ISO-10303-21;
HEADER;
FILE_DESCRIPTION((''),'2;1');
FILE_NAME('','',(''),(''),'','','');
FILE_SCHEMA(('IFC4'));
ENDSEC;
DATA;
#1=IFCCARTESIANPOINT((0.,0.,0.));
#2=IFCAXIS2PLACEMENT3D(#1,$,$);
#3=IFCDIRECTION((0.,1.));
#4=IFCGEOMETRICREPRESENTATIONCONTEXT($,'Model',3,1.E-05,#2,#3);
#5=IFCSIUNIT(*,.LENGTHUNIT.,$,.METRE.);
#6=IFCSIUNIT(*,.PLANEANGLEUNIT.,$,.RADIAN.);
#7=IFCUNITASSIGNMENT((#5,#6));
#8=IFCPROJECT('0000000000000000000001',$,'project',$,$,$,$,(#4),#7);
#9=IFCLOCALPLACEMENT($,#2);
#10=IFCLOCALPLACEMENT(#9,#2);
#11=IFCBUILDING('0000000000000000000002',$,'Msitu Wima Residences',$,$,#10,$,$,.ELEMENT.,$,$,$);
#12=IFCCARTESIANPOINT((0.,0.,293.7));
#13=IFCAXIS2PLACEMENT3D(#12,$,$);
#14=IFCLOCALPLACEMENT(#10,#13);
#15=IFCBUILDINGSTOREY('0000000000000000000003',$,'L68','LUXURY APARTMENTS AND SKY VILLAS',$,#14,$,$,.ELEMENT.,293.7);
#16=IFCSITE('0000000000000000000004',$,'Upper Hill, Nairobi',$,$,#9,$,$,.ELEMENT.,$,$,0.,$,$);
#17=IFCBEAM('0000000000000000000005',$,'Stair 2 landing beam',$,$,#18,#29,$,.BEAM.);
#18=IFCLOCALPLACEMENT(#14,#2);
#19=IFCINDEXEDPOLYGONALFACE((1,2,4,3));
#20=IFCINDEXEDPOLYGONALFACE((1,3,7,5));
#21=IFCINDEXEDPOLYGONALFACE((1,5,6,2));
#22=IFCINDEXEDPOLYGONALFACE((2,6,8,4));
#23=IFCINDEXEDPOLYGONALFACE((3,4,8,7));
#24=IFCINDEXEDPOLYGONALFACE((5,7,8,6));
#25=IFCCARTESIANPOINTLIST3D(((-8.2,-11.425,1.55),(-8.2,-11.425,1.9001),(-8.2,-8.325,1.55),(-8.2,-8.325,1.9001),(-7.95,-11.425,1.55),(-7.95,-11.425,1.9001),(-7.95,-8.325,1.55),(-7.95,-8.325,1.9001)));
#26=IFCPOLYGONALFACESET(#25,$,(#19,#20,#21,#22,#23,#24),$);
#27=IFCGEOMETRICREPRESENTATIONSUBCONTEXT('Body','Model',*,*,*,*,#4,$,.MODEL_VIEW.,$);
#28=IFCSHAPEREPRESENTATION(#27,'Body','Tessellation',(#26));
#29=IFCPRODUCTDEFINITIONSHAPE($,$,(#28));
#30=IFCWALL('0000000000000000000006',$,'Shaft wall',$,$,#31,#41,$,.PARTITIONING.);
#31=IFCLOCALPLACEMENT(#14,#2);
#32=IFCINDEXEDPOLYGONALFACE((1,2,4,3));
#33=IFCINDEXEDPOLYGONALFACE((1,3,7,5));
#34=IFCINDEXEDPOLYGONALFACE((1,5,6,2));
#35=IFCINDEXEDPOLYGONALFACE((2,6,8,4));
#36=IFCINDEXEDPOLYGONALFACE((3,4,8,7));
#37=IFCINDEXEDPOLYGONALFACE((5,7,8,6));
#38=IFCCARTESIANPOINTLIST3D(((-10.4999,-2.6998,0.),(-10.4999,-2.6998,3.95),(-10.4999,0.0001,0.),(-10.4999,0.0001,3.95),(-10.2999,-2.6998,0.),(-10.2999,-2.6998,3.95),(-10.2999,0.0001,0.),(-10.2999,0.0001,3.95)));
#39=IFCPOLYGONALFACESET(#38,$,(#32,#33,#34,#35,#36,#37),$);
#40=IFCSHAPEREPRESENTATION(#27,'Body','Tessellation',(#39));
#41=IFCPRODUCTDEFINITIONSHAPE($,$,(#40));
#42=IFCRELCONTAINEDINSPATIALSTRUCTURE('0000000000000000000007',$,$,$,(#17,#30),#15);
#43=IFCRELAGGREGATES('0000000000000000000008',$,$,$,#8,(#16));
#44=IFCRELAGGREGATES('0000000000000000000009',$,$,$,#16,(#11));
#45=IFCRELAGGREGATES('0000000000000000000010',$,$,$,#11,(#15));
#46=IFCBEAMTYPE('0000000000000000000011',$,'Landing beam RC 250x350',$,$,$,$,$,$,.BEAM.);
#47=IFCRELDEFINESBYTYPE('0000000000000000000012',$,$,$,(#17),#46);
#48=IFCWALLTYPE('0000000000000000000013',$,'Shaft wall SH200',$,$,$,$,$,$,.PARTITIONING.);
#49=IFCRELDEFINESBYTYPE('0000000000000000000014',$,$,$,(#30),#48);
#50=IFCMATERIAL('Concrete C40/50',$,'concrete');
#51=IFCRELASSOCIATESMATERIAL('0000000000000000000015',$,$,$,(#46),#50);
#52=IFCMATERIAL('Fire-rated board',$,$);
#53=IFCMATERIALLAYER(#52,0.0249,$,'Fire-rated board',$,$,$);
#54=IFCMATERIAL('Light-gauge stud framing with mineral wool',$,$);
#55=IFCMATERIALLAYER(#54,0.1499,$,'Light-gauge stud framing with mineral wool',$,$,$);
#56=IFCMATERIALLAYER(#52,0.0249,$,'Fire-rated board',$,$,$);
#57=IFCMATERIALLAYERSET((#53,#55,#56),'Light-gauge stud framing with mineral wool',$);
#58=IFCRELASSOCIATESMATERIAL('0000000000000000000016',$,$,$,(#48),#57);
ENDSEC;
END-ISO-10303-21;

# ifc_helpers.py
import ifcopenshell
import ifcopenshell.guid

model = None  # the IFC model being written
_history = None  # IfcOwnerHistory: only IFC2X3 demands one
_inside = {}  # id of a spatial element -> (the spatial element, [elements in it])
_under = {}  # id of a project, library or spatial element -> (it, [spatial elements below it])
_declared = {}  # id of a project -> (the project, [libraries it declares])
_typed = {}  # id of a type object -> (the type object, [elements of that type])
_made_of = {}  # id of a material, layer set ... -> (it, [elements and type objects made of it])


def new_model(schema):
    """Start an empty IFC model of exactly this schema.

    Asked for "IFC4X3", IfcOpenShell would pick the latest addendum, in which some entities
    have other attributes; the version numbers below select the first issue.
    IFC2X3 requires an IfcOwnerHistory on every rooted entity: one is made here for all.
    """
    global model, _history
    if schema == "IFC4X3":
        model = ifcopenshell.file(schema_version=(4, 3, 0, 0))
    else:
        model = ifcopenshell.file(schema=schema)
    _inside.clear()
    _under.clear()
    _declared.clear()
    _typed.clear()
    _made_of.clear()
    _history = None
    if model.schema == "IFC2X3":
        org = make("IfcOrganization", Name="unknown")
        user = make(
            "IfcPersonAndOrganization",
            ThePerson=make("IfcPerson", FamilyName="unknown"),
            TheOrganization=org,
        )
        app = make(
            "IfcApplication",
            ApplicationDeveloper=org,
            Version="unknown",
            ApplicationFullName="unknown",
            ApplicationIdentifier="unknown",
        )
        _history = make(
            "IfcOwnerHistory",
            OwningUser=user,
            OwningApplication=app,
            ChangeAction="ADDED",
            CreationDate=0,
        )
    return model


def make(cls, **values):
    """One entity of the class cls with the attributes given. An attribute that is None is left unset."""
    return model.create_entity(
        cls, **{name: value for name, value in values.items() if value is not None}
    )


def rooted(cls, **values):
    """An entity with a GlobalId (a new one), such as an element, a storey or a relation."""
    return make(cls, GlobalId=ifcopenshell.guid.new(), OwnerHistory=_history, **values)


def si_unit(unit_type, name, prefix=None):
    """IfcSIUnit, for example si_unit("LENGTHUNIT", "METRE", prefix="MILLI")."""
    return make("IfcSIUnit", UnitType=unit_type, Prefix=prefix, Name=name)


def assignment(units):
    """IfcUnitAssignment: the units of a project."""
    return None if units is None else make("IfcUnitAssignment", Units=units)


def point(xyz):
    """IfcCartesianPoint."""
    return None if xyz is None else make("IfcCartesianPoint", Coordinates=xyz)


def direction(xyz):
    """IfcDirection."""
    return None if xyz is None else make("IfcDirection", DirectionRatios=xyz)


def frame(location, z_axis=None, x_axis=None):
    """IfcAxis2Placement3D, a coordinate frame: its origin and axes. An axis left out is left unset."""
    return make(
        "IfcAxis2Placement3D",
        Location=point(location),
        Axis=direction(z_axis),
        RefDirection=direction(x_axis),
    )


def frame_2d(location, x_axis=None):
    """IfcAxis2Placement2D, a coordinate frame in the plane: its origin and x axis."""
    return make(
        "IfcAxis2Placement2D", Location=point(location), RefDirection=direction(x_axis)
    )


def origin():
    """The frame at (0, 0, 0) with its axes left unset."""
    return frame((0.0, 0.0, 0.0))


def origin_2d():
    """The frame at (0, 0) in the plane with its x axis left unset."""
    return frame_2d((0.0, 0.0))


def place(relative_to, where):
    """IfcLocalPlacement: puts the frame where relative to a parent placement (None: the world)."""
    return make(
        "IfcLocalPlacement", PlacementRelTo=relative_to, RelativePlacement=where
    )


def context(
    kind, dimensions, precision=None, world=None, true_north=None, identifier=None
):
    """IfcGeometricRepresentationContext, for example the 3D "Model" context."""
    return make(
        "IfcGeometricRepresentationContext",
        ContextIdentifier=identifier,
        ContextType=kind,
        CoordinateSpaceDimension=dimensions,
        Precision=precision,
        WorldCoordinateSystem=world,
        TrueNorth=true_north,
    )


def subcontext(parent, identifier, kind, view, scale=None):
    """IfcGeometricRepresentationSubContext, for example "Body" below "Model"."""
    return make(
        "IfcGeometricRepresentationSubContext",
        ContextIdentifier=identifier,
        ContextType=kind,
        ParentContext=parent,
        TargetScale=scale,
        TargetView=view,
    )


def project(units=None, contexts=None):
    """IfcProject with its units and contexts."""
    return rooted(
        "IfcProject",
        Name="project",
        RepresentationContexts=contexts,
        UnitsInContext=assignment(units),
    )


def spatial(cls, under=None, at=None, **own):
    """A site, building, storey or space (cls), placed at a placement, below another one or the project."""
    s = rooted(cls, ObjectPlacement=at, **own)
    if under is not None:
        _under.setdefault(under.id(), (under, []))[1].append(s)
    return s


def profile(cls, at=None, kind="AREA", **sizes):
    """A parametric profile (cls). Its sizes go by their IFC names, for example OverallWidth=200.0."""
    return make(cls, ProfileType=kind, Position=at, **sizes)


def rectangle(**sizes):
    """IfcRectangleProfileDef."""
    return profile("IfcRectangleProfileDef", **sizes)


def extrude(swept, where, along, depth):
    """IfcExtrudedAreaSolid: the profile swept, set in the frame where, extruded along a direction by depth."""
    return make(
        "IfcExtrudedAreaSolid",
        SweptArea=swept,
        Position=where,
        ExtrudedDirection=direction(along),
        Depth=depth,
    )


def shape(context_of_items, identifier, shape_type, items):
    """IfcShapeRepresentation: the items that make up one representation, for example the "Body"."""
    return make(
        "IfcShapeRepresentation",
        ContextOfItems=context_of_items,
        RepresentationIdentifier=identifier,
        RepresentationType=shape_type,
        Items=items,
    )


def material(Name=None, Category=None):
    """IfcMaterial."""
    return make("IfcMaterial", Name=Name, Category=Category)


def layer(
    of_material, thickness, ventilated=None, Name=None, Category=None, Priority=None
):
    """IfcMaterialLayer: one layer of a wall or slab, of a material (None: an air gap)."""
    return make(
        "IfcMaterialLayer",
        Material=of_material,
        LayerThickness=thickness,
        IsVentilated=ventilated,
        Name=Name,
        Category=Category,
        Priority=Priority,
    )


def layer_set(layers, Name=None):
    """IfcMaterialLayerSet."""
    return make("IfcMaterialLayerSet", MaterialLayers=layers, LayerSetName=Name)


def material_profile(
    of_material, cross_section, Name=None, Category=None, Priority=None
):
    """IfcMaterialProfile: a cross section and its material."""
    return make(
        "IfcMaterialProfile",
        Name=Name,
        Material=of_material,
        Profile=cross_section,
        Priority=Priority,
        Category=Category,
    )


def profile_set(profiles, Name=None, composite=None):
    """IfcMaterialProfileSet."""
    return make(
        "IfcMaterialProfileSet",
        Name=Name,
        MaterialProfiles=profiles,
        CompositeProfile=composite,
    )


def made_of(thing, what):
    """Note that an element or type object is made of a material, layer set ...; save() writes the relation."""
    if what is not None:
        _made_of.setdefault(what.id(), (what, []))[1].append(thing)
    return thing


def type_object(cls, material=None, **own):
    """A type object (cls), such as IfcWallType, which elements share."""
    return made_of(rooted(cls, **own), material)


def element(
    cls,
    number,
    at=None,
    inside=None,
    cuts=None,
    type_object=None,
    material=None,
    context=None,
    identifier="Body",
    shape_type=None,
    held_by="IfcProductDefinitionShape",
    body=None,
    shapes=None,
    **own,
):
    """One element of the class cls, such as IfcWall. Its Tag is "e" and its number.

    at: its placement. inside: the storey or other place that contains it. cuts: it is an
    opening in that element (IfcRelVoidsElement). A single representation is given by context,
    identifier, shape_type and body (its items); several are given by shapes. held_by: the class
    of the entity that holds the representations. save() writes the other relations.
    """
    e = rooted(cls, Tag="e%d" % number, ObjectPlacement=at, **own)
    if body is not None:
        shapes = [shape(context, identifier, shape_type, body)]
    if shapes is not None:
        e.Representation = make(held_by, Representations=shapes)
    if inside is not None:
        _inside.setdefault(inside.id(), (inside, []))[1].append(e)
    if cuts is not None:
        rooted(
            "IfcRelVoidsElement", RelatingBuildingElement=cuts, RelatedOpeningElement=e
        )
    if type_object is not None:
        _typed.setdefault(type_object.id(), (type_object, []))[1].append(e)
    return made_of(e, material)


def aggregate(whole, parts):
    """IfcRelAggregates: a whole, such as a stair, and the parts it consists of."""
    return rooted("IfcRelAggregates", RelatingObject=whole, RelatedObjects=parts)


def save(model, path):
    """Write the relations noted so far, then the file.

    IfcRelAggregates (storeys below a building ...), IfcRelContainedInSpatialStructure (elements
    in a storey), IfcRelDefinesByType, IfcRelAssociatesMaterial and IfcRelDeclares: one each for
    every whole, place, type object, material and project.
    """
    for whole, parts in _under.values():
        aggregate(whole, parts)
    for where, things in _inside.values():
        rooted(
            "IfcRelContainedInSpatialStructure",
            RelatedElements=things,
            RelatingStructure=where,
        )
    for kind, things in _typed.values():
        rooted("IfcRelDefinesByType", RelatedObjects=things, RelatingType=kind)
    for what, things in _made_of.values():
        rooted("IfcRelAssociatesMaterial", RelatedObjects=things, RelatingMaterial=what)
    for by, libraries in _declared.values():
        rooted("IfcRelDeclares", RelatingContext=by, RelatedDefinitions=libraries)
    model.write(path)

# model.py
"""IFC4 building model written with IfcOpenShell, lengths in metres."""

from ifc_helpers import new_model, si_unit, direction, frame, frame_2d, origin, origin_2d, place, context, subcontext, project, spatial, rectangle, extrude, material, layer, layer_set, material_profile, profile_set, type_object, element, save


model = new_model("IFC4")

# Units and contexts
model_context = context("Model", 3, precision=1e-05, world=origin(), true_north=direction((0.0, 1.0)))
body_context = subcontext(model_context, "Body", "Model", "MODEL_VIEW")
ifc_project = project(units=[si_unit("LENGTHUNIT", "METRE"), si_unit("PLANEANGLEUNIT", "RADIAN")], contexts=[model_context])

# Site, building, storey
site_placement = place(None, origin())
site = spatial("IfcSite", under=ifc_project, at=site_placement, Name="Upper Hill, Nairobi", CompositionType="ELEMENT", RefElevation=0.0)
building_placement = place(site_placement, origin())
building = spatial("IfcBuilding", under=site, at=building_placement, Name="Msitu Wima Residences", CompositionType="ELEMENT")
storey_placement = place(building_placement, frame((0.0, 0.0, 293.7)))
storey = spatial("IfcBuildingStorey", under=building, at=storey_placement, Name="L68", Description="LUXURY APARTMENTS AND SKY VILLAS", CompositionType="ELEMENT", Elevation=293.7)

# Beam
ifc_material_1 = material(Name="Concrete C40/50", Category="concrete")
ifc_material_profile = material_profile(ifc_material_1, rectangle(XDim=0.25, YDim=0.3501, at=origin_2d()), Name="RC 250x350")
ifc_profile_set = profile_set([ifc_material_profile], Name="Concrete C40/50")
beam_type = type_object("IfcBeamType", Name="Landing beam RC 250x350", PredefinedType="BEAM", material=ifc_profile_set)
beam_placement = place(storey_placement, frame((-8.075, -11.425, 1.7251), z_axis=(0.0, 1.0, 0.0), x_axis=(-1.0, 0.0, 0.0)))
element("IfcBeam", 1, at=beam_placement, inside=storey, type_object=beam_type, Name="Stair 2 landing beam", PredefinedType="BEAM", context=body_context, shape_type="SweptSolid", body=[
    extrude(rectangle(XDim=0.25, YDim=0.3501, at=origin_2d()), origin(), (0.0, 0.0, 1.0), 3.1001),
])

# Wall
ifc_material_2 = material(Name="Fire-rated board")
ifc_layer_1 = layer(ifc_material_2, 0.0249, Name="Fire-rated board")
ifc_material_3 = material(Name="Light-gauge stud framing with mineral wool")
ifc_layer_2 = layer(ifc_material_3, 0.1499, Name="Light-gauge stud framing with mineral wool")
ifc_layer_3 = layer(ifc_material_2, 0.0249, Name="Fire-rated board")
ifc_layer_set = layer_set([ifc_layer_1, ifc_layer_2, ifc_layer_3], Name="Light-gauge stud framing with mineral wool")
wall_type = type_object("IfcWallType", Name="Shaft wall SH200", PredefinedType="PARTITIONING", material=ifc_layer_set)
wall_1_placement = place(storey_placement, frame((-10.3999, -2.7, 0.0), z_axis=(0.0, 0.0, 1.0), x_axis=(0.0, 1.0, 0.0)))
element("IfcWall", 2, at=wall_1_placement, inside=storey, type_object=wall_type, Name="Shaft wall", PredefinedType="PARTITIONING", context=body_context, shape_type="SweptSolid", body=[
    extrude(rectangle(XDim=2.7, YDim=0.2, at=frame_2d((1.3501, 0.0))), origin(), (0.0, 0.0, 1.0), 3.95),
])

save(model, "model.ifc")
